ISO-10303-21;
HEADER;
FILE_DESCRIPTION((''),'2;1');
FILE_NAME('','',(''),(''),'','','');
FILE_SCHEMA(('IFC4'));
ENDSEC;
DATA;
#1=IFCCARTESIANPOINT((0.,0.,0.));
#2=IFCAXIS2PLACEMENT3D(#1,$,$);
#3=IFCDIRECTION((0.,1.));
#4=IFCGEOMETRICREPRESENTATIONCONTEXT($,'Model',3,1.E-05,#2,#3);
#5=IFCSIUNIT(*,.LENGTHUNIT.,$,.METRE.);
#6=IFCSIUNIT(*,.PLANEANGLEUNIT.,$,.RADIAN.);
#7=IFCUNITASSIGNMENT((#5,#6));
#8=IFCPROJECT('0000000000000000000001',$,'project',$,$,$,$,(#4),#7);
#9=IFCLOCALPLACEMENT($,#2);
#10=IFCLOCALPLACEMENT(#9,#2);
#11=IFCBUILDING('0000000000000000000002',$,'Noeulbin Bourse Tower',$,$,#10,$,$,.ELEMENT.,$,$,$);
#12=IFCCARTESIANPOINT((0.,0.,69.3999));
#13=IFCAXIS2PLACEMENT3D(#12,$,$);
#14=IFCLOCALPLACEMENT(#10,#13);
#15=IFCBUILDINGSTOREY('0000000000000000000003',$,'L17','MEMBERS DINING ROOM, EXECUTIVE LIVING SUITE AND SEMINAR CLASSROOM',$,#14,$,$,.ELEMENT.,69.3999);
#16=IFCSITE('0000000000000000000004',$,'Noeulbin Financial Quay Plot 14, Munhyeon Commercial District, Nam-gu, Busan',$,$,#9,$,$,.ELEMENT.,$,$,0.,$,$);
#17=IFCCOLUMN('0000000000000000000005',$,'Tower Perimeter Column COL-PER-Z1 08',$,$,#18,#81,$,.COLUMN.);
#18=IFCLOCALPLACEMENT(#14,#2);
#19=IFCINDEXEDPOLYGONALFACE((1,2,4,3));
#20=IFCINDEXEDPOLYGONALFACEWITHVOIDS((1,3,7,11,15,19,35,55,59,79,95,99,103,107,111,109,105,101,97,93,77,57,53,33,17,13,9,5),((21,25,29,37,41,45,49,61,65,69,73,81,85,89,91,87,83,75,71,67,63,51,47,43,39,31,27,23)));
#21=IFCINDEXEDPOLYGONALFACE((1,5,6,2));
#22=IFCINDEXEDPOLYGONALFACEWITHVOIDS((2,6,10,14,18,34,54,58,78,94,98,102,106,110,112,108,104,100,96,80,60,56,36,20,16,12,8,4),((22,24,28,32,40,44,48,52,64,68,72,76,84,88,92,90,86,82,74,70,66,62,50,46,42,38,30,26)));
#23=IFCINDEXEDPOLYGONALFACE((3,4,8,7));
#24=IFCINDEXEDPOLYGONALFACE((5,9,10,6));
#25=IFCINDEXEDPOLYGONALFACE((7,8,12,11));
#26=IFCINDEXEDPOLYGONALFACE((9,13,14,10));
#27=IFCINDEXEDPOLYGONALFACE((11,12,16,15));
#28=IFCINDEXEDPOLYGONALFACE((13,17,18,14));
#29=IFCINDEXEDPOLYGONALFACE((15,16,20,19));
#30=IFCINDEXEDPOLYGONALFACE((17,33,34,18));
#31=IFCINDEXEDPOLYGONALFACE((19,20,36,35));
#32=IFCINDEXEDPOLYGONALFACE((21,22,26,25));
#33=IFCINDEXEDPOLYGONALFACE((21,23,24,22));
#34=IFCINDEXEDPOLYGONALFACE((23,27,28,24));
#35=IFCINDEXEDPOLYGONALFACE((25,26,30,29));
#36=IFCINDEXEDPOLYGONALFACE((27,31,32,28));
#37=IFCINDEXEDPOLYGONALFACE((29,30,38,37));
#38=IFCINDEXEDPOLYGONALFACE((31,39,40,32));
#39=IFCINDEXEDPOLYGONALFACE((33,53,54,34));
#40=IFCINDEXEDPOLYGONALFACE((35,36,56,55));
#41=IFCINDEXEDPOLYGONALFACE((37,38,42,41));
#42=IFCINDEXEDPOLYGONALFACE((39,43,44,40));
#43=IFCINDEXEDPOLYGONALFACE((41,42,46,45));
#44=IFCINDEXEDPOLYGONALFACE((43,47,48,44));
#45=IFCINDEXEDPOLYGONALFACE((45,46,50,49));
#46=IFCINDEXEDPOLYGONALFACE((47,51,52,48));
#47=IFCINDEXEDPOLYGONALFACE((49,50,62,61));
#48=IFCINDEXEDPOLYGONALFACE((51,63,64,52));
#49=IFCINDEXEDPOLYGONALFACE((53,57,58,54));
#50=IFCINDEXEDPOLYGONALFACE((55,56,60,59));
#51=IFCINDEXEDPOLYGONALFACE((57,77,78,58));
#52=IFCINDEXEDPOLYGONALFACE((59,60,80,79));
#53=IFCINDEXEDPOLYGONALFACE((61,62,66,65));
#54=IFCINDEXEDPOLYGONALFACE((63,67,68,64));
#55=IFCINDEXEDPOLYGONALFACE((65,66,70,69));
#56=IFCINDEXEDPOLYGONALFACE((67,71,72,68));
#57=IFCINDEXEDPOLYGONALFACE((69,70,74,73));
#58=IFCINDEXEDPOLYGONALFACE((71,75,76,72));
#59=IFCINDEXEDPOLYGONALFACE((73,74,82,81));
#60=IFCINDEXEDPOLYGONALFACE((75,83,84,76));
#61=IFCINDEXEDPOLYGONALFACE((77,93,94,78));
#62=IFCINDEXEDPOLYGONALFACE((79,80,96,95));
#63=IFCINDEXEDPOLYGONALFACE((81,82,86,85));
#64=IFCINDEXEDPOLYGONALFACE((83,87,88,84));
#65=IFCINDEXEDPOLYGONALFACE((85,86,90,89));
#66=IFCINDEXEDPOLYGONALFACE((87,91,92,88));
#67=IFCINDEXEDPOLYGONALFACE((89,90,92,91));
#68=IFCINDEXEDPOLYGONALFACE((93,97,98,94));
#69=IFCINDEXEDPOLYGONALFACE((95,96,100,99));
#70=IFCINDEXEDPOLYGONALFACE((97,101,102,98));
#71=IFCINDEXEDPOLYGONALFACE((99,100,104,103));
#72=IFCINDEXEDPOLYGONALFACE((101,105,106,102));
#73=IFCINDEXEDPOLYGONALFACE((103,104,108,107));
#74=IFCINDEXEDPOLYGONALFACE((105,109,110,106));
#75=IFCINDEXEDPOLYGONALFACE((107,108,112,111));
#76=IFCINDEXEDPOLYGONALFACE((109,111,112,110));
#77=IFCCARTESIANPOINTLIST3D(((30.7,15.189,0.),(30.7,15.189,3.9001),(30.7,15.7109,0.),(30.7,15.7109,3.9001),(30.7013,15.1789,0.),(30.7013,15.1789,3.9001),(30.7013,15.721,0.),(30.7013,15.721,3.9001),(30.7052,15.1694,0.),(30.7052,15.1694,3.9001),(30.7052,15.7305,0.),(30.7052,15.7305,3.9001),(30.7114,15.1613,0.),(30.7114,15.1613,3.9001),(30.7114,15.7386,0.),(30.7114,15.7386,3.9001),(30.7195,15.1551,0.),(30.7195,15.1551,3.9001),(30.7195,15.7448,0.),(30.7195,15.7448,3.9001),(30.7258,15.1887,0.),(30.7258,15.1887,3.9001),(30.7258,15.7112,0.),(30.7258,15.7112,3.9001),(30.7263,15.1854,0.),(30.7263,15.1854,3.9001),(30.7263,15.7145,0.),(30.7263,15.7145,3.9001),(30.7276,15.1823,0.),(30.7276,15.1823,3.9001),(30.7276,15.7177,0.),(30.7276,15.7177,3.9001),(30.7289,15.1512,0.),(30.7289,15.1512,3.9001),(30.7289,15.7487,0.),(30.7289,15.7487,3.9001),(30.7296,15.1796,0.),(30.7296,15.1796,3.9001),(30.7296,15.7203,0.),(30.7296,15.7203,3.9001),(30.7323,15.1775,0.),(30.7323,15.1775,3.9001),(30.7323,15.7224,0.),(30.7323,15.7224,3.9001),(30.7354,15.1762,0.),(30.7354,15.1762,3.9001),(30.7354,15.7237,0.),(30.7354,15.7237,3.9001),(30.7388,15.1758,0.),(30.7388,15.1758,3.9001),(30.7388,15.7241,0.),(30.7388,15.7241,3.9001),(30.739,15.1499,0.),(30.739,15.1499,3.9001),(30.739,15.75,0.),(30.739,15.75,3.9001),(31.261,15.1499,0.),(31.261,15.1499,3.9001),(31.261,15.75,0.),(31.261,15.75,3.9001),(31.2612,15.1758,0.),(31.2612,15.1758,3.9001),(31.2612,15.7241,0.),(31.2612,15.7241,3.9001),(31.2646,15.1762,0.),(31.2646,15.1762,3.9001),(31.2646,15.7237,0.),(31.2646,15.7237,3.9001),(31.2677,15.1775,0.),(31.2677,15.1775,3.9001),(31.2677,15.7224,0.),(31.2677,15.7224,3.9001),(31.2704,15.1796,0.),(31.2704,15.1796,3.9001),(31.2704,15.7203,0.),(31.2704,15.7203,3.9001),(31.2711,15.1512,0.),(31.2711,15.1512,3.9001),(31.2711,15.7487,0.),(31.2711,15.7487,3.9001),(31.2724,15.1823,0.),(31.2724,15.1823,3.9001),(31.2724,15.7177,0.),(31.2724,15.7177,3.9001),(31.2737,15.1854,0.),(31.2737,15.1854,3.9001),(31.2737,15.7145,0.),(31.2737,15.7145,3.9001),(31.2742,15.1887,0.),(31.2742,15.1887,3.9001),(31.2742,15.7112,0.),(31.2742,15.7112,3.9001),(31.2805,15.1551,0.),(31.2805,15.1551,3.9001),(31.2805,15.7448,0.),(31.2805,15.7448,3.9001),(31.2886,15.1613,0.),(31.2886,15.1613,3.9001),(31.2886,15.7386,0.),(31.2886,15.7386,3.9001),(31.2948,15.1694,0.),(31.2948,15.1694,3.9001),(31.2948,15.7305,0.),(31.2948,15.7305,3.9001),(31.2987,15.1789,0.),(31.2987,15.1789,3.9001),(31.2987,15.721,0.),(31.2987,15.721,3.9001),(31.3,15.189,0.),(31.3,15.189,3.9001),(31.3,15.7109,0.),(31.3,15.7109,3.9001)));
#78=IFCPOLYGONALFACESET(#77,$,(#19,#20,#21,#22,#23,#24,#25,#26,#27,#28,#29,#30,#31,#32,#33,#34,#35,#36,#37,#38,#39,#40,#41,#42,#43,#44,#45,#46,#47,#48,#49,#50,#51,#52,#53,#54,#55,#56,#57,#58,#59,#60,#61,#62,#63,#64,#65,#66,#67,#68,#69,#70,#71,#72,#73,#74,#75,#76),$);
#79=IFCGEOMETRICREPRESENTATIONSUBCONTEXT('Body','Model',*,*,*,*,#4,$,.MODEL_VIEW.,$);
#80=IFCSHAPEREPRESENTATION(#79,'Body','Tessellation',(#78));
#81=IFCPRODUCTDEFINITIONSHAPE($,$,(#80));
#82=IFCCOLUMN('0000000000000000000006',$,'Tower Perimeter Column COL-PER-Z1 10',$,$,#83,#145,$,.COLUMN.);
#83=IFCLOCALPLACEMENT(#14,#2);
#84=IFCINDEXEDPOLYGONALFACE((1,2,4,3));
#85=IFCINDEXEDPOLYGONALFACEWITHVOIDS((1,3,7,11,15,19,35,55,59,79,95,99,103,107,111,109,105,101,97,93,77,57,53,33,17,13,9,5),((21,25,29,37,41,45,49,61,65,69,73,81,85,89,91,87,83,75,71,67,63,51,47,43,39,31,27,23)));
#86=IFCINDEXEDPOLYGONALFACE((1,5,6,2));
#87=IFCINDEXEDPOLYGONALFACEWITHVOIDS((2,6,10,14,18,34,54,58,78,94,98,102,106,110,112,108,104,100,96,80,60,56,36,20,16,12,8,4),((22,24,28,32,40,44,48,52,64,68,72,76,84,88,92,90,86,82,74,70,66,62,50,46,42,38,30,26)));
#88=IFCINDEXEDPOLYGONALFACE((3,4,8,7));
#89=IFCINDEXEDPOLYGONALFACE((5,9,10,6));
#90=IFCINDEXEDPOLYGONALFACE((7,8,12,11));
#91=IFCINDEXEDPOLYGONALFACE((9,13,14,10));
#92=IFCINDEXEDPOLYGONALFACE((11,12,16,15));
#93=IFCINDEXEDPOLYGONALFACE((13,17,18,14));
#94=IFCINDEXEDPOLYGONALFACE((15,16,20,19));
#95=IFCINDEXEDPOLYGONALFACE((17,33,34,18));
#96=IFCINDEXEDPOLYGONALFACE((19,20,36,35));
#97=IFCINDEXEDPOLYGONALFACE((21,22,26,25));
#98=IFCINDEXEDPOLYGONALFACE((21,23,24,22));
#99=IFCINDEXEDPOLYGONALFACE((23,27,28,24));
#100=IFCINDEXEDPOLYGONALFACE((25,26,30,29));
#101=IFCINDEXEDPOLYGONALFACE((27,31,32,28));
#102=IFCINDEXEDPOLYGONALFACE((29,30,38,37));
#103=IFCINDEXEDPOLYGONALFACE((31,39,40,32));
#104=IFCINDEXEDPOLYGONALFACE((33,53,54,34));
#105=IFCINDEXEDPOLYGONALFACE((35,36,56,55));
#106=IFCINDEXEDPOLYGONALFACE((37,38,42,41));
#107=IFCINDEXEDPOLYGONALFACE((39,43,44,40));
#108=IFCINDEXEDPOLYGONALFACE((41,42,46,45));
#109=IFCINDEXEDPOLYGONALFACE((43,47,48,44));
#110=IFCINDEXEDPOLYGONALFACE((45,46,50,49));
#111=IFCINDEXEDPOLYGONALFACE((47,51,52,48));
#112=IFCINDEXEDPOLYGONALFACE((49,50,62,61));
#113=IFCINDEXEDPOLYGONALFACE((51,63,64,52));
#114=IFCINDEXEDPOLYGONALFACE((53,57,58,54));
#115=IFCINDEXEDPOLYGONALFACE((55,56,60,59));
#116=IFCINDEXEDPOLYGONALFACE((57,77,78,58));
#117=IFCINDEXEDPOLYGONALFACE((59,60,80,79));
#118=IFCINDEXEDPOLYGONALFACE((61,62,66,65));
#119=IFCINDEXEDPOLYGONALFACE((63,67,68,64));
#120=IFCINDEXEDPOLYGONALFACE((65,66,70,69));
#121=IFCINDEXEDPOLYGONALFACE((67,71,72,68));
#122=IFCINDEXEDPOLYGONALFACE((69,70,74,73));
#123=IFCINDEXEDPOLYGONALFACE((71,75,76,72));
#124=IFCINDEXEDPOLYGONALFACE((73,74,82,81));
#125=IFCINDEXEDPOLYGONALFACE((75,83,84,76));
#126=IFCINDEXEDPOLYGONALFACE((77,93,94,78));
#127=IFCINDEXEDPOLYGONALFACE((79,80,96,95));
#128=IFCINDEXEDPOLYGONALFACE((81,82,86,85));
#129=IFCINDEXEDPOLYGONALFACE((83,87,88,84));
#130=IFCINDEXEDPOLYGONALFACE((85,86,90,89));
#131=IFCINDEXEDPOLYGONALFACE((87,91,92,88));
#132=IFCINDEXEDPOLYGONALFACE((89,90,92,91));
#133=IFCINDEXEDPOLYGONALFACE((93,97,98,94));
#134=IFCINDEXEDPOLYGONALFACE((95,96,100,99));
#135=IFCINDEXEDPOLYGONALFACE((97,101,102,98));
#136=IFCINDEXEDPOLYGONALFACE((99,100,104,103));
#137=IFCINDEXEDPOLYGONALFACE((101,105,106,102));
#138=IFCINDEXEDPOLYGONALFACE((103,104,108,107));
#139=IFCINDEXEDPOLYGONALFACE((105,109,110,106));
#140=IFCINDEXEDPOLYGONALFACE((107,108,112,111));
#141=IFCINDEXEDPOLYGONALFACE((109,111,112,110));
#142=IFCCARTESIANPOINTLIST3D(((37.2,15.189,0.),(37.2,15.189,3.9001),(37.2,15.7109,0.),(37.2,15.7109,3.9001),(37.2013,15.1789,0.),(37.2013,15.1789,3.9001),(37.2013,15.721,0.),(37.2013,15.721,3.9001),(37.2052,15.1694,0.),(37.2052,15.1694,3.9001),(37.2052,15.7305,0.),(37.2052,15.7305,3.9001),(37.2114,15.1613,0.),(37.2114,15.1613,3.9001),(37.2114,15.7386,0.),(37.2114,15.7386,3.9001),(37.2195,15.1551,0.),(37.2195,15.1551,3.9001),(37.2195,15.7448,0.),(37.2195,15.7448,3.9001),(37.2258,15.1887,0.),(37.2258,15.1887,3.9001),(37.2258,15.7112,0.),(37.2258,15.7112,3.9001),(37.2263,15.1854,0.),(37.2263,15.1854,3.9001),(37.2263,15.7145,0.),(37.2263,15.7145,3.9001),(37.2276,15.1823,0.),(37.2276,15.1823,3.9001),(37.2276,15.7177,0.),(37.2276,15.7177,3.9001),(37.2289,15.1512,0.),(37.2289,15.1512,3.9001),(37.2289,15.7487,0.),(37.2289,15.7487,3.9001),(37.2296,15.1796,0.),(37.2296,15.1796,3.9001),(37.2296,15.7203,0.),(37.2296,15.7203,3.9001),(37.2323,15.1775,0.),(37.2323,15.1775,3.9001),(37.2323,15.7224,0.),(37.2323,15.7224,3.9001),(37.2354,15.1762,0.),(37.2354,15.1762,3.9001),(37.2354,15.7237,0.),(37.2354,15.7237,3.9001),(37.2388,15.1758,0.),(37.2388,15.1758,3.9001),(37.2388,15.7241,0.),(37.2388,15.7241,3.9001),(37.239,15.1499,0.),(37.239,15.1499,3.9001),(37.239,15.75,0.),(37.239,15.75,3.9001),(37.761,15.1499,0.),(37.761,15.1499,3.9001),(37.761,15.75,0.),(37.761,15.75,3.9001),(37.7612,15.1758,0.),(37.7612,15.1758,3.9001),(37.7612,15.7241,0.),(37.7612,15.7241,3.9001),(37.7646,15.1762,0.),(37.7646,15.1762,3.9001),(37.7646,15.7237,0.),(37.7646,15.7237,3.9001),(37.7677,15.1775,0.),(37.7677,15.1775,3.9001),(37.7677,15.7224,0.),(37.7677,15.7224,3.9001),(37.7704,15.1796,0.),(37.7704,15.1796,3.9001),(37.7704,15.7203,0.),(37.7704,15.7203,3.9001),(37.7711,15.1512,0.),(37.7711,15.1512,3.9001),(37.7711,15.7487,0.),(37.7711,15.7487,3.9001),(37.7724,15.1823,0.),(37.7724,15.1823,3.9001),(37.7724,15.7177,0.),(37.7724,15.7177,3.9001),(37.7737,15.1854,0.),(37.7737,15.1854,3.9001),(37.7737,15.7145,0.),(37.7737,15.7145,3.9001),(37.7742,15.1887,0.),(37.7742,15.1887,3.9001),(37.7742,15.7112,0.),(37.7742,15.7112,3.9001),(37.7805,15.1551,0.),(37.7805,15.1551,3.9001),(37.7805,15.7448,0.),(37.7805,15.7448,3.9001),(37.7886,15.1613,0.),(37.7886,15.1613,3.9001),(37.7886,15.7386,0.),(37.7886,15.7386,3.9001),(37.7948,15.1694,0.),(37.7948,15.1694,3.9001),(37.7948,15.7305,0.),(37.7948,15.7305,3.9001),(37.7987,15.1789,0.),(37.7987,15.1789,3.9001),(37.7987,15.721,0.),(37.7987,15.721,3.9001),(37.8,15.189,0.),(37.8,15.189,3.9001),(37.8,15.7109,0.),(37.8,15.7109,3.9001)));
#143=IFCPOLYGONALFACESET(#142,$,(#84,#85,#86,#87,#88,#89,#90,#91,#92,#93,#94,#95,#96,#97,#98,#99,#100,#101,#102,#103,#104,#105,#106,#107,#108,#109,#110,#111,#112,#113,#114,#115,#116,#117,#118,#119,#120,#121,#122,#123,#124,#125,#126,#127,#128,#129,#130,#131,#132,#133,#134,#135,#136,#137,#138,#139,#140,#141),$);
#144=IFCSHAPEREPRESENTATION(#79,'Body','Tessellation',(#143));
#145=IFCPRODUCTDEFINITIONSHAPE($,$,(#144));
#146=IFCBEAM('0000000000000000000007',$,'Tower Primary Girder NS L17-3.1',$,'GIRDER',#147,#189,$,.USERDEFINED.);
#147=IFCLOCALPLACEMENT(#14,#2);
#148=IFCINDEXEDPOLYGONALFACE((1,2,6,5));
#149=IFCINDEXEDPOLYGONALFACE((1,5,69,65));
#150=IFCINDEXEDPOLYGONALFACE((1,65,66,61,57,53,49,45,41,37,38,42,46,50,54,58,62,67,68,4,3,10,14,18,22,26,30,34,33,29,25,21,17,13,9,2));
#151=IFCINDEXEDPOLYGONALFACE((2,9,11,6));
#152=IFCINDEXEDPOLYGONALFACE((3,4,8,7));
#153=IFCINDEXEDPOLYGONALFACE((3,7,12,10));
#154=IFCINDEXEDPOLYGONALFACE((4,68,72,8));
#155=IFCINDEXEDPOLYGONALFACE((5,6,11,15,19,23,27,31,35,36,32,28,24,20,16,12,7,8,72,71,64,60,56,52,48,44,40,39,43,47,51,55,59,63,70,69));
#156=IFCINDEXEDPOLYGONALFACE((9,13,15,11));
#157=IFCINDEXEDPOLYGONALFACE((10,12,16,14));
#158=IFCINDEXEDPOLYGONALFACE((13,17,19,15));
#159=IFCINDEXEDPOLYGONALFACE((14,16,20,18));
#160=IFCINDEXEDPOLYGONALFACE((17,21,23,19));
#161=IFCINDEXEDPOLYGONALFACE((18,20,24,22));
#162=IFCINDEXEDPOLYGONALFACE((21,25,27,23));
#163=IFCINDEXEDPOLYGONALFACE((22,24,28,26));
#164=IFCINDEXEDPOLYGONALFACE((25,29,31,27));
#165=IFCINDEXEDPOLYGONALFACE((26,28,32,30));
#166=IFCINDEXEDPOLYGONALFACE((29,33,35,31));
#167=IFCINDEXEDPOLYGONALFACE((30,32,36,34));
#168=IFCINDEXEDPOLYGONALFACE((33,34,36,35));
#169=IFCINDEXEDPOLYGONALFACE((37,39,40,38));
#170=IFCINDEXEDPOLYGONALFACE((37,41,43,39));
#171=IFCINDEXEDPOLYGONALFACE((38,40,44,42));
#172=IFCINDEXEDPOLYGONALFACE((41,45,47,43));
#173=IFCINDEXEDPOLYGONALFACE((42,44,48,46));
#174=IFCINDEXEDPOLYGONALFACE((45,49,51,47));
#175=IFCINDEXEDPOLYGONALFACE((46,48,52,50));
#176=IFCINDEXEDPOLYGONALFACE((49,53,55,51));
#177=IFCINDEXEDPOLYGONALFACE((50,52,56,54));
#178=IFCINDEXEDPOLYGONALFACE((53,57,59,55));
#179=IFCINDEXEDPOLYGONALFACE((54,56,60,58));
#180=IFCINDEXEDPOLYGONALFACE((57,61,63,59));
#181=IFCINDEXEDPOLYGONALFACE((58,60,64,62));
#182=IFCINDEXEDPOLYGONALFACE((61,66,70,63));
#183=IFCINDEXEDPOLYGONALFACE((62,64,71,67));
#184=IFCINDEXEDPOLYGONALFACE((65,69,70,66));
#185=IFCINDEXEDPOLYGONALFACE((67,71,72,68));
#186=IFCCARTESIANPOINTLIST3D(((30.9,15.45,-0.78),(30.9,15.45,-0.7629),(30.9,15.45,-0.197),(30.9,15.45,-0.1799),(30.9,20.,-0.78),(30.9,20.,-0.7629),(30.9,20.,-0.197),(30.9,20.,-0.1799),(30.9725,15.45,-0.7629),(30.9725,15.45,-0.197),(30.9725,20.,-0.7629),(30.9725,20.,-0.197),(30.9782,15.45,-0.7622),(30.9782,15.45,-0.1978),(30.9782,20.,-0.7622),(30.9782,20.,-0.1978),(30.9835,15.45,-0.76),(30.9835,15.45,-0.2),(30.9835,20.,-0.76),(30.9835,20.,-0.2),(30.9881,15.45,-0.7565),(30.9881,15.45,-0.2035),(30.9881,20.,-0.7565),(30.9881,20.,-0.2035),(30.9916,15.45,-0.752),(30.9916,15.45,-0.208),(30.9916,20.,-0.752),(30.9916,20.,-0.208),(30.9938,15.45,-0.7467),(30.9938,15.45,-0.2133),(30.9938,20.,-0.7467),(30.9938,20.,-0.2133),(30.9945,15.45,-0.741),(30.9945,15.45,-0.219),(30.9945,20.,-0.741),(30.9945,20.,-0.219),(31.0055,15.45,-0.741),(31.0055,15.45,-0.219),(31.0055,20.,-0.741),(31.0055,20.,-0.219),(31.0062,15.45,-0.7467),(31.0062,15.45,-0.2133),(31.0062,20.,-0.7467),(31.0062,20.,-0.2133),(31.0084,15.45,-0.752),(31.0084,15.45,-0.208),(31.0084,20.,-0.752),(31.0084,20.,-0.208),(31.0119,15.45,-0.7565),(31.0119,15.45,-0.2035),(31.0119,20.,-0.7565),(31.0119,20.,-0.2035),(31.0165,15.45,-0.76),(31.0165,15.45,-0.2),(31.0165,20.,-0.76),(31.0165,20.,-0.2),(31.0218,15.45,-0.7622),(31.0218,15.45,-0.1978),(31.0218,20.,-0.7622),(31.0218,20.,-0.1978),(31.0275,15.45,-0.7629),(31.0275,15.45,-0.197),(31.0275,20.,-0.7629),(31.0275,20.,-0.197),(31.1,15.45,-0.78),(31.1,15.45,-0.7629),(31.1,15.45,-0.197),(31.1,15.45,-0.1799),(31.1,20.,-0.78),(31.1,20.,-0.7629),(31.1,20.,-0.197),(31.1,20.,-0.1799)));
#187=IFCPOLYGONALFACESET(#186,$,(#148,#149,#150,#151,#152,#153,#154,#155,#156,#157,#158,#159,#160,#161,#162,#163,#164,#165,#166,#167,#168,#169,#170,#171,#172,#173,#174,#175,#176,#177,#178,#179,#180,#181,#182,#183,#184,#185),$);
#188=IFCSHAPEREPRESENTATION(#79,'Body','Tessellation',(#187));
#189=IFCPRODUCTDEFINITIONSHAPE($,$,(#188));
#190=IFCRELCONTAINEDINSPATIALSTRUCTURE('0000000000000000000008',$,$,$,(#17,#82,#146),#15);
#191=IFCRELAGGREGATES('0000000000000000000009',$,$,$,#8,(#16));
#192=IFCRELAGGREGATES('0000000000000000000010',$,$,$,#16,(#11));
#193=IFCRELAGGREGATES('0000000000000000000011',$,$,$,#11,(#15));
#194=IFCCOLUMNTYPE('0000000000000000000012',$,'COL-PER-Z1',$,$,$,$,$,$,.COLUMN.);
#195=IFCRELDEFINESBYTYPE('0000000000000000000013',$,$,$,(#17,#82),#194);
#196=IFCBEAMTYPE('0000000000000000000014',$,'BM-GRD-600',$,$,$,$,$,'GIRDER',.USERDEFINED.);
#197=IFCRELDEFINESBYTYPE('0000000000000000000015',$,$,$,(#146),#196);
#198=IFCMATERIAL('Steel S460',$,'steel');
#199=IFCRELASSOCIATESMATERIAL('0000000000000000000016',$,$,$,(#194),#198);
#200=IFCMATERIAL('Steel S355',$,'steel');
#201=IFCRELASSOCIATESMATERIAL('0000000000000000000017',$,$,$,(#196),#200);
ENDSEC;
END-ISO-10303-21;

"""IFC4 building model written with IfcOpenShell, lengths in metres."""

from ifc_helpers import new_model, si_unit, direction, frame, origin, origin_2d, place, context, subcontext, project, spatial, hollow_rectangle, i_section, extrude, material, material_profile, profile_set, type_object, element, save


model = new_model("IFC4")

# Units and contexts
model_context = context("Model", 3, precision=1e-05, world=origin(), true_north=direction((0.0, 1.0)))
body_context = subcontext(model_context, "Body", "Model", "MODEL_VIEW")
ifc_project = project(units=[si_unit("LENGTHUNIT", "METRE"), si_unit("PLANEANGLEUNIT", "RADIAN")], contexts=[model_context])

# Site, building, storey
site_placement = place(None, origin())
site = spatial("IfcSite", under=ifc_project, at=site_placement, Name="Noeulbin Financial Quay Plot 14, Munhyeon Commercial District, Nam-gu, Busan", CompositionType="ELEMENT", RefElevation=0.0)
building_placement = place(site_placement, origin())
building = spatial("IfcBuilding", under=site, at=building_placement, Name="Noeulbin Bourse Tower", CompositionType="ELEMENT")
storey_placement = place(building_placement, frame((0.0, 0.0, 69.3999)))
storey = spatial("IfcBuildingStorey", under=building, at=storey_placement, Name="L17", Description="MEMBERS DINING ROOM, EXECUTIVE LIVING SUITE AND SEMINAR CLASSROOM", CompositionType="ELEMENT", Elevation=69.3999)

# Columns
ifc_material_1 = material(Name="Steel S460", Category="steel")
ifc_material_profile_1 = material_profile(ifc_material_1, hollow_rectangle(XDim=0.6001, YDim=0.6001, WallThickness=0.0259, InnerFilletRadius=0.0129, OuterFilletRadius=0.0391, at=origin_2d()), Name="BOX-600x600x26", Category="LoadBearing")
ifc_profile_set_1 = profile_set([ifc_material_profile_1], Name="Steel S460")
column_type = type_object("IfcColumnType", Name="COL-PER-Z1", PredefinedType="COLUMN", material=ifc_profile_set_1)
for number, where, z_axis, x_axis, name in (
    (1, (31.0, 15.45, 0.0), (0.0, 0.0, 1.0), (1.0, 0.0, 0.0), "Tower Perimeter Column COL-PER-Z1 08"),
    (2, (37.5, 15.45, 0.0), (0.0, 0.0, 1.0), (1.0, 0.0, 0.0), "Tower Perimeter Column COL-PER-Z1 10"),
):
    element("IfcColumn", number, at=place(storey_placement, frame(where, z_axis=z_axis, x_axis=x_axis)), inside=storey, type_object=column_type, Name=name, PredefinedType="COLUMN", context=body_context, shape_type="SweptSolid", body=[
        extrude(hollow_rectangle(XDim=0.6001, YDim=0.6001, WallThickness=0.0259, InnerFilletRadius=0.0129, OuterFilletRadius=0.0391, at=origin_2d()), origin(), (0.0, 0.0, 1.0), 3.9001),
    ])

# Beam
ifc_material_2 = material(Name="Steel S355", Category="steel")
ifc_material_profile_2 = material_profile(ifc_material_2, i_section(OverallWidth=0.2, OverallDepth=0.6001, WebThickness=0.011, FlangeThickness=0.0171, FilletRadius=0.022, at=origin_2d()), Name="H-600x200x11x17", Category="LoadBearing")
ifc_profile_set_2 = profile_set([ifc_material_profile_2], Name="Steel S355")
beam_type_1 = type_object("IfcBeamType", Name="BM-GRD-600", ElementType="GIRDER", PredefinedType="USERDEFINED", material=ifc_profile_set_2)
for number, where, z_axis, x_axis, name in (
    (3, (31.0, 15.45, -0.48), (0.0, 1.0, 0.0), (-1.0, 0.0, 0.0), "Tower Primary Girder NS L17-3.1"),
):
    element("IfcBeam", number, at=place(storey_placement, frame(where, z_axis=z_axis, x_axis=x_axis)), inside=storey, type_object=beam_type_1, Name=name, ObjectType="GIRDER", PredefinedType="USERDEFINED", context=body_context, shape_type="SweptSolid", body=[
        extrude(i_section(OverallWidth=0.2, OverallDepth=0.6001, WebThickness=0.011, FlangeThickness=0.0171, FilletRadius=0.022, at=origin_2d()), origin(), (0.0, 0.0, 1.0), 4.55),
    ])

save(model, "model.ifc")
